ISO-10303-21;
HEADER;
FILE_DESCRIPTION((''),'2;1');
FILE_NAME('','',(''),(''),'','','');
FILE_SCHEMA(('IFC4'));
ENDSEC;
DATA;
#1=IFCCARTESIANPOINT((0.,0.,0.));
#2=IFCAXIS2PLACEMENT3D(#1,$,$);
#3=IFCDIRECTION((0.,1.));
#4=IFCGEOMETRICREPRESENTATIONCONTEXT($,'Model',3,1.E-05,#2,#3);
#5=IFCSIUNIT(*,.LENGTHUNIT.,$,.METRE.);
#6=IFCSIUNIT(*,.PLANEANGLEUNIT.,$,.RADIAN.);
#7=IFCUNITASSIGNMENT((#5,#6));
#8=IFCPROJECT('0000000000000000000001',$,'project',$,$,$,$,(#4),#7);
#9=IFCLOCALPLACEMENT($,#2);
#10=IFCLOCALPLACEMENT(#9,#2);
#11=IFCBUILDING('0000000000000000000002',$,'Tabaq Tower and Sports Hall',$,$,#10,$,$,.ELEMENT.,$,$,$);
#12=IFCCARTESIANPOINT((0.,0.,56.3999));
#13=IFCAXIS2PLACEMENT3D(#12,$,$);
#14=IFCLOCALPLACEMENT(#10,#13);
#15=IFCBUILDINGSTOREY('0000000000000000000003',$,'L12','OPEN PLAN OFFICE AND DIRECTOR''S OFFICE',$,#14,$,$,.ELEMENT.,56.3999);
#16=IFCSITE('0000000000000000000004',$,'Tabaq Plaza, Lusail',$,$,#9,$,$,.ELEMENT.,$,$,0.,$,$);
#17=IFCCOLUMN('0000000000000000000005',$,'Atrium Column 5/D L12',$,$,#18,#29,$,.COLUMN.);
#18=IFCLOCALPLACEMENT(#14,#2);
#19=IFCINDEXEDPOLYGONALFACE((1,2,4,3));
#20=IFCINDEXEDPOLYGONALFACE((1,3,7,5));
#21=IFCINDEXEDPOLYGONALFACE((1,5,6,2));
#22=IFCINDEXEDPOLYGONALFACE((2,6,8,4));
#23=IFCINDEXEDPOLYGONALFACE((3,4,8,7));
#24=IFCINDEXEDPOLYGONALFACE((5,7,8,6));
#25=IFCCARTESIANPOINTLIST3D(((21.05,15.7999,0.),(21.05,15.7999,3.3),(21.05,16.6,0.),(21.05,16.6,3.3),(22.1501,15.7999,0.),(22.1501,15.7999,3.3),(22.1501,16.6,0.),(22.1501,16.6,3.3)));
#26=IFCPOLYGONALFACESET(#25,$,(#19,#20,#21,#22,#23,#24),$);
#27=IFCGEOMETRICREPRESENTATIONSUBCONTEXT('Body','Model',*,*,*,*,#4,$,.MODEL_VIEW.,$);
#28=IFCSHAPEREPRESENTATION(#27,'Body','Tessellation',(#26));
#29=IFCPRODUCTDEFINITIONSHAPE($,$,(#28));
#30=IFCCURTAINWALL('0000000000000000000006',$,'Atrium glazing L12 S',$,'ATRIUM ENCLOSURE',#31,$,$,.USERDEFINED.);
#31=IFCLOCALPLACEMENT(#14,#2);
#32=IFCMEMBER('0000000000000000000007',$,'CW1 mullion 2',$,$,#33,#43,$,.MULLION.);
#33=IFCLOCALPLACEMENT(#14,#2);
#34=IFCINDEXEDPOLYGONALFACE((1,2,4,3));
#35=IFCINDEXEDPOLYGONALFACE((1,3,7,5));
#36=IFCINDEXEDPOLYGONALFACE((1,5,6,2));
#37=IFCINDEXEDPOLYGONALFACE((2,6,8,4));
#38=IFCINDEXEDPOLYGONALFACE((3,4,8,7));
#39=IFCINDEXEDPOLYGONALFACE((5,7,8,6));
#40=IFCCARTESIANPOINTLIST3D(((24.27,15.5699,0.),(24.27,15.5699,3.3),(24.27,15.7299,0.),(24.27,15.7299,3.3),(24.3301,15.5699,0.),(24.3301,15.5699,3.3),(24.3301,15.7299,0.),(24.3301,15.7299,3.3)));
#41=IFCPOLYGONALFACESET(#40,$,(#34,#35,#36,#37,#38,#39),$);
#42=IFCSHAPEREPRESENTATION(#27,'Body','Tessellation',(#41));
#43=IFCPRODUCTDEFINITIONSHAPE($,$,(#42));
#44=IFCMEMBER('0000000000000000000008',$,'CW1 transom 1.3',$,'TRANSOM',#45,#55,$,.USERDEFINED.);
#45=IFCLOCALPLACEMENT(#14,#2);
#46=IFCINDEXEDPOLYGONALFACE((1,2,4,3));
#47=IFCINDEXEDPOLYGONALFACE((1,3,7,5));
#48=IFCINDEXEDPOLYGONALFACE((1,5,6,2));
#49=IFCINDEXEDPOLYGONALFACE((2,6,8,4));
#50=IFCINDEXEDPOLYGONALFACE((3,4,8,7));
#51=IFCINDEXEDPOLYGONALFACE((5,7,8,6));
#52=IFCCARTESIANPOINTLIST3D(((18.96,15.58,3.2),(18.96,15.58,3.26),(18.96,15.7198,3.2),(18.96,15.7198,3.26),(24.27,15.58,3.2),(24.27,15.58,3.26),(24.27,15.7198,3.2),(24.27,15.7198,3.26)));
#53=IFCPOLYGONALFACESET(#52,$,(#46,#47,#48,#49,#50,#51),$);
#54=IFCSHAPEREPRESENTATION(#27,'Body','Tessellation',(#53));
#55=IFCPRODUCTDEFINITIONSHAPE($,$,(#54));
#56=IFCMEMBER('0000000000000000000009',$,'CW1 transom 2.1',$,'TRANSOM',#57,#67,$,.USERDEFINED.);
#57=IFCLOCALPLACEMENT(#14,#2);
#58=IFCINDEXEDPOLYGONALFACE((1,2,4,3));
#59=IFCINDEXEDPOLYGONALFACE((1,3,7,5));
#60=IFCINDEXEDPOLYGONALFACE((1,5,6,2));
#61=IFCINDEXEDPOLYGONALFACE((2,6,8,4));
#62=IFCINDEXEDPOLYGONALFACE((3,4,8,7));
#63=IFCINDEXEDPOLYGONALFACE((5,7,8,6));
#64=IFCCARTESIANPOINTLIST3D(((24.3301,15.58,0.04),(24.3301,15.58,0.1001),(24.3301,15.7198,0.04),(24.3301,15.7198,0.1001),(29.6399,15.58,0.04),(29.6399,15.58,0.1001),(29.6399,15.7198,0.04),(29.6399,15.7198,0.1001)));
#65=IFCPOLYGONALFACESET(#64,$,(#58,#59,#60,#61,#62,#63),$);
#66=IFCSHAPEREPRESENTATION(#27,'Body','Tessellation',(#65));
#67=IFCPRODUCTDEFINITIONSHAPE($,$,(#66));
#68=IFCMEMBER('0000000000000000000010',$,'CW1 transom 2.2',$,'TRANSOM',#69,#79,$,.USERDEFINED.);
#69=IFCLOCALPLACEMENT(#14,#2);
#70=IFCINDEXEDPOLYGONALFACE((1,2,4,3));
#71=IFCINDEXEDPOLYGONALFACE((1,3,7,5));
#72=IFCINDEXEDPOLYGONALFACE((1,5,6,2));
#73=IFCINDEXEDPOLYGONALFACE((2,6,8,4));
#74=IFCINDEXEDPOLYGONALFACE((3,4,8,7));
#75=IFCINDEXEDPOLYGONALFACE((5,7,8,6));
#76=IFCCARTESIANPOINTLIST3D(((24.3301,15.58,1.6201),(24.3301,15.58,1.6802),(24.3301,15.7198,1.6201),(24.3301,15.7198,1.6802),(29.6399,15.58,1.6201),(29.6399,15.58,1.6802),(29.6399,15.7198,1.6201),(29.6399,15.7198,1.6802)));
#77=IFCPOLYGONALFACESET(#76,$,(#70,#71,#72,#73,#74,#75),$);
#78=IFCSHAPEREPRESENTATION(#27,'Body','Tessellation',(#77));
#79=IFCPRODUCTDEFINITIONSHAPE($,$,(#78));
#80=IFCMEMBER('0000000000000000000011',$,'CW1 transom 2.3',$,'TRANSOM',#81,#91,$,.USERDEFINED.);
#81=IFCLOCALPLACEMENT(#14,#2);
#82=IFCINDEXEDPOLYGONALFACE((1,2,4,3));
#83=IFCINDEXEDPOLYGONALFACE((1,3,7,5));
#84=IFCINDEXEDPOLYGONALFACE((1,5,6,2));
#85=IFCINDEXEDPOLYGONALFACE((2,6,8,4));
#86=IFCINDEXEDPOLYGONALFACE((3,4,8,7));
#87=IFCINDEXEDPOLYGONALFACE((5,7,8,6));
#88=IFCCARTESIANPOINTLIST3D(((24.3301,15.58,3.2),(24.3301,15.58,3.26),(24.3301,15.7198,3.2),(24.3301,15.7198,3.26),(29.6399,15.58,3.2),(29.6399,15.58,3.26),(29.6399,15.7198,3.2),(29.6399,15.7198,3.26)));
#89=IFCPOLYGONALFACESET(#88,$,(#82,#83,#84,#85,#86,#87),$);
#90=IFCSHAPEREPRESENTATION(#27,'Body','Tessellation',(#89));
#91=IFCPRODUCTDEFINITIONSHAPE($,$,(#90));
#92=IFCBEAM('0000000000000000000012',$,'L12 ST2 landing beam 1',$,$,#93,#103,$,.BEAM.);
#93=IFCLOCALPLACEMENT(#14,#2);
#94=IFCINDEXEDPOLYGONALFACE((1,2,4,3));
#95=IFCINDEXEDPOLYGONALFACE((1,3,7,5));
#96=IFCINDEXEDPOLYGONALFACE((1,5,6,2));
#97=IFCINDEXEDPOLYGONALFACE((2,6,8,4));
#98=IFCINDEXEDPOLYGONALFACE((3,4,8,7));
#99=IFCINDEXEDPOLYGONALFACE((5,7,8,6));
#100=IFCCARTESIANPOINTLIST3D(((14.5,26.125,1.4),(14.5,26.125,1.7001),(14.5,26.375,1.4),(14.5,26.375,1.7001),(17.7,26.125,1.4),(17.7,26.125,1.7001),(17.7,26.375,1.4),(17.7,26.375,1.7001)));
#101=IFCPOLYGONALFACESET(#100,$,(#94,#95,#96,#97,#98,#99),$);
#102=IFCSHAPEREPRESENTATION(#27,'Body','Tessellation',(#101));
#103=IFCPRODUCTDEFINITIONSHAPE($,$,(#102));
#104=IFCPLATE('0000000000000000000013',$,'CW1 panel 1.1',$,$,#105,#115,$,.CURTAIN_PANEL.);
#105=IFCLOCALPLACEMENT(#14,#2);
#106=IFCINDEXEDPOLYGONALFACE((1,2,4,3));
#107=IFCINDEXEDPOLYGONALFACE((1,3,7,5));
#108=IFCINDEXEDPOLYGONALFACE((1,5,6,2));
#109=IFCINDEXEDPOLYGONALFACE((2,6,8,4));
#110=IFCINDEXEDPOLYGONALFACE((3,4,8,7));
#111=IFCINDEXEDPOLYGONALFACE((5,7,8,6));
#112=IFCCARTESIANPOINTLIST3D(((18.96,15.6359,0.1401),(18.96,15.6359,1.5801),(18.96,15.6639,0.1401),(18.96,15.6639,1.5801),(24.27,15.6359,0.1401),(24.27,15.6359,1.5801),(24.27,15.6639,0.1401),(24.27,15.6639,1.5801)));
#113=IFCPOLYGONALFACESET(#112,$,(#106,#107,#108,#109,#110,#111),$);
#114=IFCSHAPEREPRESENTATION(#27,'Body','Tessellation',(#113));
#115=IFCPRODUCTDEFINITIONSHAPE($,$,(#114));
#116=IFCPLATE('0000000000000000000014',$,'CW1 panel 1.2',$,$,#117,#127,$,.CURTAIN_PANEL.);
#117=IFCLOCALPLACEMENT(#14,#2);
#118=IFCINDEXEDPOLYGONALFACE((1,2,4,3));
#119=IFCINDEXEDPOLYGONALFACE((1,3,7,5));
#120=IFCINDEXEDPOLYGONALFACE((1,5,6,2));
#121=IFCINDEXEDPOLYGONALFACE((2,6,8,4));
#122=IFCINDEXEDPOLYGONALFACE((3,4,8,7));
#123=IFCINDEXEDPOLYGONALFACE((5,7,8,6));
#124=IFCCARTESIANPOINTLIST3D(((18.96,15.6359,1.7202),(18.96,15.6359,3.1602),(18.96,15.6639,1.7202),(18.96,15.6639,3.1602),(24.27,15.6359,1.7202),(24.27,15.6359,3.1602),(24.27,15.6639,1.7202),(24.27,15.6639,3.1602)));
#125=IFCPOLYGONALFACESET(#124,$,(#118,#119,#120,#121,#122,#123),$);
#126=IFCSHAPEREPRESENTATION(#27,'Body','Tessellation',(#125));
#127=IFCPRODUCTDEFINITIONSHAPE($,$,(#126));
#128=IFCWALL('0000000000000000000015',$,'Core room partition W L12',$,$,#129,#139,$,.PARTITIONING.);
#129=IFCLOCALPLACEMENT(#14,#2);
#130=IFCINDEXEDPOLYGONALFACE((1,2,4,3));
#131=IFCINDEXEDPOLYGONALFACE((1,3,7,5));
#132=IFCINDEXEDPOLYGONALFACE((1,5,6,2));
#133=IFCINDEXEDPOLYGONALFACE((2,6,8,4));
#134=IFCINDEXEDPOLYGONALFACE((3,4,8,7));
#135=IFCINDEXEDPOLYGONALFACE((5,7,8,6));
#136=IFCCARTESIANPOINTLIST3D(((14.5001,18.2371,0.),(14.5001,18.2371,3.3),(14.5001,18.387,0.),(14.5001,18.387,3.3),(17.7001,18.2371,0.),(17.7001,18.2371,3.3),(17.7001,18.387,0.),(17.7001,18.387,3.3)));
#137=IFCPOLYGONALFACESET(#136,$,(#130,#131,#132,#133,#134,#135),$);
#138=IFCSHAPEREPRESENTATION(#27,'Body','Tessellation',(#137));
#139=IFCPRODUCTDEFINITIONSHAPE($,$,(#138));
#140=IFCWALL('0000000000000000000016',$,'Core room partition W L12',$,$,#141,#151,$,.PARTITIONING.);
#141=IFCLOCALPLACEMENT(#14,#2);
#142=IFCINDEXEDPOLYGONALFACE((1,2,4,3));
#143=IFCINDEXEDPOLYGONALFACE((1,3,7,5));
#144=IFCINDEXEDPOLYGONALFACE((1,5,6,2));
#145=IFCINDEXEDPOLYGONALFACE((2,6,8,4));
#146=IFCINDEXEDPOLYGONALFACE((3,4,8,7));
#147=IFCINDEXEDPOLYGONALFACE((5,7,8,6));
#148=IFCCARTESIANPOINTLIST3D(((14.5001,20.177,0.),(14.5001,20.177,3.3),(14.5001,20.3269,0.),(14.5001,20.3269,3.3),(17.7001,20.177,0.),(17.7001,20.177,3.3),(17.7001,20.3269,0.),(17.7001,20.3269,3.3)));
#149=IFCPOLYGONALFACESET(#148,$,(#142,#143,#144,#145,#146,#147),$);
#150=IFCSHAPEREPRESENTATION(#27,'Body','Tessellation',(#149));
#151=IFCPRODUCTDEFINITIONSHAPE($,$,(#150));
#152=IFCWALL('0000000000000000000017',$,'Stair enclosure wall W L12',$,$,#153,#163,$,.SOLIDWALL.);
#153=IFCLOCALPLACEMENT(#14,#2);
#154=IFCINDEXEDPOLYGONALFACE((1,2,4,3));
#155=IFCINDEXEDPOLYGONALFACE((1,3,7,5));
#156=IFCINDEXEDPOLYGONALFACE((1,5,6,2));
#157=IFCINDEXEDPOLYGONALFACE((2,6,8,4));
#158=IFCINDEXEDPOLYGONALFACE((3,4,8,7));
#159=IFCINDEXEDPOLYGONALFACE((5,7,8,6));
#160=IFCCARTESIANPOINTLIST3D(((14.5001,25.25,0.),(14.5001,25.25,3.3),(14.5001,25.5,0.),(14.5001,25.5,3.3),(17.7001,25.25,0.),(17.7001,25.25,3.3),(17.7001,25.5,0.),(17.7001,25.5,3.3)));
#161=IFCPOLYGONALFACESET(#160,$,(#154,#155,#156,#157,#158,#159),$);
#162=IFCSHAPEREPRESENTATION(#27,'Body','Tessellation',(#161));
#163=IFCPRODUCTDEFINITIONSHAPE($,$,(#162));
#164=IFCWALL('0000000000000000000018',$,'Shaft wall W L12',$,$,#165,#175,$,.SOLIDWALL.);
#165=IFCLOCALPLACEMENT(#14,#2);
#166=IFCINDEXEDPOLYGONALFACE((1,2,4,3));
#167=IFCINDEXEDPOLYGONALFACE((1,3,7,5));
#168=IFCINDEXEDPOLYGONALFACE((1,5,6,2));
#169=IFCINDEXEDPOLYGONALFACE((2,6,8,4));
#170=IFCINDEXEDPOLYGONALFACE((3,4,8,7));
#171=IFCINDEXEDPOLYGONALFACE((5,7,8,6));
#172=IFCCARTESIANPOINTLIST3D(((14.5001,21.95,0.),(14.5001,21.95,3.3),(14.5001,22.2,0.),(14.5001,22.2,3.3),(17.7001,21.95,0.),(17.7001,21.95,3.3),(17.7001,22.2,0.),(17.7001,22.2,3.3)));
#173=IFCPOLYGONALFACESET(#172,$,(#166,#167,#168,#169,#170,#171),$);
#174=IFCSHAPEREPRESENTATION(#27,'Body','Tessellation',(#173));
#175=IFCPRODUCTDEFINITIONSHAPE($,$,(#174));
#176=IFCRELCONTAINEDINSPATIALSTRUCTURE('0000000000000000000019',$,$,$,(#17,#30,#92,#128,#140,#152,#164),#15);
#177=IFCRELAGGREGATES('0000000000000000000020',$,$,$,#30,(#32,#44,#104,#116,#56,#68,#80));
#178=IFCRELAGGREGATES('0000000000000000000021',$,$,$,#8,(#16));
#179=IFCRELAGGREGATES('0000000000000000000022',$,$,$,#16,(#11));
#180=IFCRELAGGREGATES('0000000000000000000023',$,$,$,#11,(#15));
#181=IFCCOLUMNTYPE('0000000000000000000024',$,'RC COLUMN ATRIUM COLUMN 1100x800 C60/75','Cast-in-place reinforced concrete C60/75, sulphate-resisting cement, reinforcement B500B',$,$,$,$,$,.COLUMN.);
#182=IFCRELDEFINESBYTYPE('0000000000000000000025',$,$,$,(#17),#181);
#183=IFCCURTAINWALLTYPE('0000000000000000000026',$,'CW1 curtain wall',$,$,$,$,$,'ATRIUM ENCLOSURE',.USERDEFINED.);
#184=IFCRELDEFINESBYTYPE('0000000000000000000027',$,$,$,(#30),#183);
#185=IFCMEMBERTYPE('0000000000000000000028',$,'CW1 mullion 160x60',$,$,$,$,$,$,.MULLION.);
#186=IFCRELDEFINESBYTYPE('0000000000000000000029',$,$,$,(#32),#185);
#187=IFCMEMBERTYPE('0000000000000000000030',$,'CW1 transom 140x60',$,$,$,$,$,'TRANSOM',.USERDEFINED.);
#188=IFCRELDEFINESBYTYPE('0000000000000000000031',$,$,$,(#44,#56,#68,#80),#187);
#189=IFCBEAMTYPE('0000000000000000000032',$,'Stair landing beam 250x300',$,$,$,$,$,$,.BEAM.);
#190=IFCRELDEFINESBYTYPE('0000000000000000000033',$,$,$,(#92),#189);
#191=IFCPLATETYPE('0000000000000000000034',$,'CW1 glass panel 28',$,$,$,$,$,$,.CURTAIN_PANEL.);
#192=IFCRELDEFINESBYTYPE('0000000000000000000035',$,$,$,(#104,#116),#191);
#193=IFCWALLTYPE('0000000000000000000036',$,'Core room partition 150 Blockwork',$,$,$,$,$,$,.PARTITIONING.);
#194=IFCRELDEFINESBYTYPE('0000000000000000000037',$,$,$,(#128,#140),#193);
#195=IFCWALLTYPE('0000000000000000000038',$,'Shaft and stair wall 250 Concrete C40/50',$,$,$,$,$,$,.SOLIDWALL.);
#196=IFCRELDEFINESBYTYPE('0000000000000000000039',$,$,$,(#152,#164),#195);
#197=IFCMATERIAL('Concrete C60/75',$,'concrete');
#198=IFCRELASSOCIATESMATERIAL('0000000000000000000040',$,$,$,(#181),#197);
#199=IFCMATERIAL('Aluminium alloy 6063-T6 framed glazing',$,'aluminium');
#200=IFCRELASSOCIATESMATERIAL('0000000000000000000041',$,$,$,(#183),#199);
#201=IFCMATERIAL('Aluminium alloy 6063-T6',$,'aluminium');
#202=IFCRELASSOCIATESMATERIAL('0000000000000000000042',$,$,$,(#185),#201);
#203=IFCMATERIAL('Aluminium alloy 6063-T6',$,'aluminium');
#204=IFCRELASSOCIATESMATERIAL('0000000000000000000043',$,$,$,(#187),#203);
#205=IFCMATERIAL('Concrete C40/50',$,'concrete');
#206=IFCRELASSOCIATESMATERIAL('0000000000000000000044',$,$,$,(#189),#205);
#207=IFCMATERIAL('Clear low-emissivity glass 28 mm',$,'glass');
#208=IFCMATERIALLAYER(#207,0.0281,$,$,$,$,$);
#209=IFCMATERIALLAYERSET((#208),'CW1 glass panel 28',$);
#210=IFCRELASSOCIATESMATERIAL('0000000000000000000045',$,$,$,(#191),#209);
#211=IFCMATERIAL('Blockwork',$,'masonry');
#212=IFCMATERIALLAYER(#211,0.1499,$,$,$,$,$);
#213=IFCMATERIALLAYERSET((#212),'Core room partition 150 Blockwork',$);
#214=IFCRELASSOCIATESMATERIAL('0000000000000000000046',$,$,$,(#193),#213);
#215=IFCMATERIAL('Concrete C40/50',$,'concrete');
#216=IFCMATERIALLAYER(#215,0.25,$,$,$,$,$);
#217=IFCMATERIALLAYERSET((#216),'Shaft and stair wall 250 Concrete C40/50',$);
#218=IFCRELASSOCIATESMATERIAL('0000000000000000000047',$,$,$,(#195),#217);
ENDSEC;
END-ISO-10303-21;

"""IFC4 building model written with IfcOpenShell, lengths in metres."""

from ifc_helpers import new_model, si_unit, direction, frame, frame_2d, origin, origin_2d, place, context, subcontext, project, spatial, rectangle, extrude, material, layer, layer_set, material_profile, profile_set, type_object, element, aggregate, save


model = new_model("IFC4")

# Units and contexts
model_context = context("Model", 3, precision=1e-05, world=origin(), true_north=direction((0.0, 1.0)))
body_context = subcontext(model_context, "Body", "Model", "MODEL_VIEW")
ifc_project = project(units=[si_unit("LENGTHUNIT", "METRE"), si_unit("PLANEANGLEUNIT", "RADIAN")], contexts=[model_context])

# Site, building, storey
site_placement = place(None, origin())
site = spatial("IfcSite", under=ifc_project, at=site_placement, Name="Tabaq Plaza, Lusail", CompositionType="ELEMENT", RefElevation=0.0)
building_placement = place(site_placement, origin())
building = spatial("IfcBuilding", under=site, at=building_placement, Name="Tabaq Tower and Sports Hall", CompositionType="ELEMENT")
storey_placement = place(building_placement, frame((0.0, 0.0, 56.3999)))
storey = spatial("IfcBuildingStorey", under=building, at=storey_placement, Name="L12", Description="OPEN PLAN OFFICE AND DIRECTOR'S OFFICE", CompositionType="ELEMENT", Elevation=56.3999)

# Column
ifc_material_1 = material(Name="Concrete C60/75", Category="concrete")
ifc_material_profile_1 = material_profile(ifc_material_1, rectangle(XDim=1.1001, YDim=0.8, at=origin_2d()), Name="ATRIUM COLUMN 1100x800")
ifc_profile_set_1 = profile_set([ifc_material_profile_1], Name="Concrete C60/75")
column_type = type_object("IfcColumnType", Name="RC COLUMN ATRIUM COLUMN 1100x800 C60/75", Description="Cast-in-place reinforced concrete C60/75, sulphate-resisting cement, reinforcement B500B", PredefinedType="COLUMN", material=ifc_profile_set_1)
column_placement = place(storey_placement, frame((21.6001, 16.2, 0.0), z_axis=(0.0, 0.0, 1.0), x_axis=(1.0, 0.0, 0.0)))
element("IfcColumn", 1, at=column_placement, inside=storey, type_object=column_type, Name="Atrium Column 5/D L12", PredefinedType="COLUMN", context=body_context, shape_type="SweptSolid", body=[
    extrude(rectangle(XDim=1.1001, YDim=0.8, at=origin_2d()), origin(), (0.0, 0.0, 1.0), 3.3),
])

# Curtain wall, members
ifc_material_2 = material(Name="Aluminium alloy 6063-T6 framed glazing", Category="aluminium")
curtain_wall_type = type_object("IfcCurtainWallType", Name="CW1 curtain wall", ElementType="ATRIUM ENCLOSURE", PredefinedType="USERDEFINED", material=ifc_material_2)
curtain_wall_placement = place(storey_placement, origin())
curtain_wall = element("IfcCurtainWall", 2, at=curtain_wall_placement, inside=storey, type_object=curtain_wall_type, Name="Atrium glazing L12 S", ObjectType="ATRIUM ENCLOSURE", PredefinedType="USERDEFINED")
ifc_material_3 = material(Name="Aluminium alloy 6063-T6", Category="aluminium")
ifc_material_profile_2 = material_profile(ifc_material_3, rectangle(XDim=0.1599, YDim=0.0601, at=origin_2d()), Name="MULLION 160x60")
ifc_profile_set_2 = profile_set([ifc_material_profile_2], Name="Aluminium alloy 6063-T6")
member_type_1 = type_object("IfcMemberType", Name="CW1 mullion 160x60", PredefinedType="MULLION", material=ifc_profile_set_2)
member_1_placement = place(storey_placement, frame((24.3, 15.6499, 0.0), z_axis=(0.0, 0.0, 1.0), x_axis=(0.0, 1.0, 0.0)))
member_1 = element("IfcMember", 3, at=member_1_placement, type_object=member_type_1, Name="CW1 mullion 2", PredefinedType="MULLION", context=body_context, shape_type="SweptSolid", body=[
    extrude(rectangle(XDim=0.1599, YDim=0.0601, at=origin_2d()), origin(), (0.0, 0.0, 1.0), 3.3),
])
ifc_material_4 = material(Name="Aluminium alloy 6063-T6", Category="aluminium")
ifc_material_profile_3 = material_profile(ifc_material_4, rectangle(XDim=0.1399, YDim=0.0601, at=origin_2d()), Name="TRANSOM 140x60")
ifc_profile_set_3 = profile_set([ifc_material_profile_3], Name="Aluminium alloy 6063-T6")
member_type_2 = type_object("IfcMemberType", Name="CW1 transom 140x60", ElementType="TRANSOM", PredefinedType="USERDEFINED", material=ifc_profile_set_3)
member_2_placement = place(storey_placement, frame((18.96, 15.6499, 3.23), z_axis=(1.0, 0.0, 0.0), x_axis=(0.0, 1.0, 0.0)))
member_2 = element("IfcMember", 4, at=member_2_placement, type_object=member_type_2, Name="CW1 transom 1.3", ObjectType="TRANSOM", PredefinedType="USERDEFINED", context=body_context, shape_type="SweptSolid", body=[
    extrude(rectangle(XDim=0.1399, YDim=0.0601, at=origin_2d()), origin(), (0.0, 0.0, 1.0), 5.3101),
])
member_3_placement = place(storey_placement, frame((24.3301, 15.6499, 0.0701), z_axis=(1.0, 0.0, 0.0), x_axis=(0.0, 1.0, 0.0)))
member_3 = element("IfcMember", 5, at=member_3_placement, type_object=member_type_2, Name="CW1 transom 2.1", ObjectType="TRANSOM", PredefinedType="USERDEFINED", context=body_context, shape_type="SweptSolid", body=[
    extrude(rectangle(XDim=0.1399, YDim=0.0601, at=origin_2d()), origin(), (0.0, 0.0, 1.0), 5.3098),
])
member_4_placement = place(storey_placement, frame((24.3301, 15.6499, 1.6501), z_axis=(1.0, 0.0, 0.0), x_axis=(0.0, 1.0, 0.0)))
member_4 = element("IfcMember", 6, at=member_4_placement, type_object=member_type_2, Name="CW1 transom 2.2", ObjectType="TRANSOM", PredefinedType="USERDEFINED", context=body_context, shape_type="SweptSolid", body=[
    extrude(rectangle(XDim=0.1399, YDim=0.0601, at=origin_2d()), origin(), (0.0, 0.0, 1.0), 5.3098),
])
member_5_placement = place(storey_placement, frame((24.3301, 15.6499, 3.23), z_axis=(1.0, 0.0, 0.0), x_axis=(0.0, 1.0, 0.0)))
member_5 = element("IfcMember", 7, at=member_5_placement, type_object=member_type_2, Name="CW1 transom 2.3", ObjectType="TRANSOM", PredefinedType="USERDEFINED", context=body_context, shape_type="SweptSolid", body=[
    extrude(rectangle(XDim=0.1399, YDim=0.0601, at=origin_2d()), origin(), (0.0, 0.0, 1.0), 5.3098),
])

# Beam
ifc_material_5 = material(Name="Concrete C40/50", Category="concrete")
ifc_material_profile_4 = material_profile(ifc_material_5, rectangle(XDim=0.25, YDim=0.3, at=origin_2d()), Name="RC 250x300")
ifc_profile_set_4 = profile_set([ifc_material_profile_4], Name="Concrete C40/50")
beam_type = type_object("IfcBeamType", Name="Stair landing beam 250x300", PredefinedType="BEAM", material=ifc_profile_set_4)
beam_placement = place(storey_placement, frame((14.5, 26.25, 1.55), z_axis=(1.0, 0.0, 0.0), x_axis=(0.0, 1.0, 0.0)))
element("IfcBeam", 8, at=beam_placement, inside=storey, type_object=beam_type, Name="L12 ST2 landing beam 1", PredefinedType="BEAM", context=body_context, shape_type="SweptSolid", body=[
    extrude(rectangle(XDim=0.25, YDim=0.3, at=origin_2d()), origin(), (0.0, 0.0, 1.0), 3.2),
])

# Plates
ifc_material_6 = material(Name="Clear low-emissivity glass 28 mm", Category="glass")
ifc_layer_1 = layer(ifc_material_6, 0.0281)
ifc_layer_set_1 = layer_set([ifc_layer_1], Name="CW1 glass panel 28")
plate_type = type_object("IfcPlateType", Name="CW1 glass panel 28", PredefinedType="CURTAIN_PANEL", material=ifc_layer_set_1)
plate_1_placement = place(storey_placement, frame((21.615, 15.6499, 0.1401), z_axis=(0.0, 0.0, 1.0), x_axis=(1.0, 0.0, 0.0)))
plate_1 = element("IfcPlate", 9, at=plate_1_placement, type_object=plate_type, Name="CW1 panel 1.1", PredefinedType="CURTAIN_PANEL", context=body_context, shape_type="SweptSolid", body=[
    extrude(rectangle(XDim=5.3101, YDim=0.0281, at=origin_2d()), origin(), (0.0, 0.0, 1.0), 1.4399),
])
plate_2_placement = place(storey_placement, frame((21.615, 15.6499, 1.7202), z_axis=(0.0, 0.0, 1.0), x_axis=(1.0, 0.0, 0.0)))
plate_2 = element("IfcPlate", 10, at=plate_2_placement, type_object=plate_type, Name="CW1 panel 1.2", PredefinedType="CURTAIN_PANEL", context=body_context, shape_type="SweptSolid", body=[
    extrude(rectangle(XDim=5.3101, YDim=0.0281, at=origin_2d()), origin(), (0.0, 0.0, 1.0), 1.4399),
])
aggregate(curtain_wall, [member_1, member_2, plate_1, plate_2, member_3, member_4, member_5])

# Walls
ifc_material_7 = material(Name="Blockwork", Category="masonry")
ifc_layer_2 = layer(ifc_material_7, 0.1499)
ifc_layer_set_2 = layer_set([ifc_layer_2], Name="Core room partition 150 Blockwork")
wall_type_1 = type_object("IfcWallType", Name="Core room partition 150 Blockwork", PredefinedType="PARTITIONING", material=ifc_layer_set_2)
for number, where, z_axis, x_axis, name in (
    (11, (14.5, 18.312, 0.0), (0.0, 0.0, 1.0), (1.0, 0.0, 0.0), "Core room partition W L12"),
    (12, (14.5, 20.252, 0.0), (0.0, 0.0, 1.0), (1.0, 0.0, 0.0), "Core room partition W L12"),
):
    element("IfcWall", number, at=place(storey_placement, frame(where, z_axis=z_axis, x_axis=x_axis)), inside=storey, type_object=wall_type_1, Name=name, PredefinedType="PARTITIONING", context=body_context, shape_type="SweptSolid", body=[
        extrude(rectangle(XDim=3.2, YDim=0.1499, at=frame_2d((1.6001, 0.0))), origin(), (0.0, 0.0, 1.0), 3.3),
    ])

# Walls
ifc_material_8 = material(Name="Concrete C40/50", Category="concrete")
ifc_layer_3 = layer(ifc_material_8, 0.25)
ifc_layer_set_3 = layer_set([ifc_layer_3], Name="Shaft and stair wall 250 Concrete C40/50")
wall_type_2 = type_object("IfcWallType", Name="Shaft and stair wall 250 Concrete C40/50", PredefinedType="SOLIDWALL", material=ifc_layer_set_3)
for number, where, z_axis, x_axis, name in (
    (13, (14.5, 25.375, 0.0), (0.0, 0.0, 1.0), (1.0, 0.0, 0.0), "Stair enclosure wall W L12"),
    (14, (14.5, 22.075, 0.0), (0.0, 0.0, 1.0), (1.0, 0.0, 0.0), "Shaft wall W L12"),
):
    element("IfcWall", number, at=place(storey_placement, frame(where, z_axis=z_axis, x_axis=x_axis)), inside=storey, type_object=wall_type_2, Name=name, PredefinedType="SOLIDWALL", context=body_context, shape_type="SweptSolid", body=[
        extrude(rectangle(XDim=3.2, YDim=0.25, at=frame_2d((1.6001, 0.0))), origin(), (0.0, 0.0, 1.0), 3.3),
    ])

save(model, "model.ifc")
